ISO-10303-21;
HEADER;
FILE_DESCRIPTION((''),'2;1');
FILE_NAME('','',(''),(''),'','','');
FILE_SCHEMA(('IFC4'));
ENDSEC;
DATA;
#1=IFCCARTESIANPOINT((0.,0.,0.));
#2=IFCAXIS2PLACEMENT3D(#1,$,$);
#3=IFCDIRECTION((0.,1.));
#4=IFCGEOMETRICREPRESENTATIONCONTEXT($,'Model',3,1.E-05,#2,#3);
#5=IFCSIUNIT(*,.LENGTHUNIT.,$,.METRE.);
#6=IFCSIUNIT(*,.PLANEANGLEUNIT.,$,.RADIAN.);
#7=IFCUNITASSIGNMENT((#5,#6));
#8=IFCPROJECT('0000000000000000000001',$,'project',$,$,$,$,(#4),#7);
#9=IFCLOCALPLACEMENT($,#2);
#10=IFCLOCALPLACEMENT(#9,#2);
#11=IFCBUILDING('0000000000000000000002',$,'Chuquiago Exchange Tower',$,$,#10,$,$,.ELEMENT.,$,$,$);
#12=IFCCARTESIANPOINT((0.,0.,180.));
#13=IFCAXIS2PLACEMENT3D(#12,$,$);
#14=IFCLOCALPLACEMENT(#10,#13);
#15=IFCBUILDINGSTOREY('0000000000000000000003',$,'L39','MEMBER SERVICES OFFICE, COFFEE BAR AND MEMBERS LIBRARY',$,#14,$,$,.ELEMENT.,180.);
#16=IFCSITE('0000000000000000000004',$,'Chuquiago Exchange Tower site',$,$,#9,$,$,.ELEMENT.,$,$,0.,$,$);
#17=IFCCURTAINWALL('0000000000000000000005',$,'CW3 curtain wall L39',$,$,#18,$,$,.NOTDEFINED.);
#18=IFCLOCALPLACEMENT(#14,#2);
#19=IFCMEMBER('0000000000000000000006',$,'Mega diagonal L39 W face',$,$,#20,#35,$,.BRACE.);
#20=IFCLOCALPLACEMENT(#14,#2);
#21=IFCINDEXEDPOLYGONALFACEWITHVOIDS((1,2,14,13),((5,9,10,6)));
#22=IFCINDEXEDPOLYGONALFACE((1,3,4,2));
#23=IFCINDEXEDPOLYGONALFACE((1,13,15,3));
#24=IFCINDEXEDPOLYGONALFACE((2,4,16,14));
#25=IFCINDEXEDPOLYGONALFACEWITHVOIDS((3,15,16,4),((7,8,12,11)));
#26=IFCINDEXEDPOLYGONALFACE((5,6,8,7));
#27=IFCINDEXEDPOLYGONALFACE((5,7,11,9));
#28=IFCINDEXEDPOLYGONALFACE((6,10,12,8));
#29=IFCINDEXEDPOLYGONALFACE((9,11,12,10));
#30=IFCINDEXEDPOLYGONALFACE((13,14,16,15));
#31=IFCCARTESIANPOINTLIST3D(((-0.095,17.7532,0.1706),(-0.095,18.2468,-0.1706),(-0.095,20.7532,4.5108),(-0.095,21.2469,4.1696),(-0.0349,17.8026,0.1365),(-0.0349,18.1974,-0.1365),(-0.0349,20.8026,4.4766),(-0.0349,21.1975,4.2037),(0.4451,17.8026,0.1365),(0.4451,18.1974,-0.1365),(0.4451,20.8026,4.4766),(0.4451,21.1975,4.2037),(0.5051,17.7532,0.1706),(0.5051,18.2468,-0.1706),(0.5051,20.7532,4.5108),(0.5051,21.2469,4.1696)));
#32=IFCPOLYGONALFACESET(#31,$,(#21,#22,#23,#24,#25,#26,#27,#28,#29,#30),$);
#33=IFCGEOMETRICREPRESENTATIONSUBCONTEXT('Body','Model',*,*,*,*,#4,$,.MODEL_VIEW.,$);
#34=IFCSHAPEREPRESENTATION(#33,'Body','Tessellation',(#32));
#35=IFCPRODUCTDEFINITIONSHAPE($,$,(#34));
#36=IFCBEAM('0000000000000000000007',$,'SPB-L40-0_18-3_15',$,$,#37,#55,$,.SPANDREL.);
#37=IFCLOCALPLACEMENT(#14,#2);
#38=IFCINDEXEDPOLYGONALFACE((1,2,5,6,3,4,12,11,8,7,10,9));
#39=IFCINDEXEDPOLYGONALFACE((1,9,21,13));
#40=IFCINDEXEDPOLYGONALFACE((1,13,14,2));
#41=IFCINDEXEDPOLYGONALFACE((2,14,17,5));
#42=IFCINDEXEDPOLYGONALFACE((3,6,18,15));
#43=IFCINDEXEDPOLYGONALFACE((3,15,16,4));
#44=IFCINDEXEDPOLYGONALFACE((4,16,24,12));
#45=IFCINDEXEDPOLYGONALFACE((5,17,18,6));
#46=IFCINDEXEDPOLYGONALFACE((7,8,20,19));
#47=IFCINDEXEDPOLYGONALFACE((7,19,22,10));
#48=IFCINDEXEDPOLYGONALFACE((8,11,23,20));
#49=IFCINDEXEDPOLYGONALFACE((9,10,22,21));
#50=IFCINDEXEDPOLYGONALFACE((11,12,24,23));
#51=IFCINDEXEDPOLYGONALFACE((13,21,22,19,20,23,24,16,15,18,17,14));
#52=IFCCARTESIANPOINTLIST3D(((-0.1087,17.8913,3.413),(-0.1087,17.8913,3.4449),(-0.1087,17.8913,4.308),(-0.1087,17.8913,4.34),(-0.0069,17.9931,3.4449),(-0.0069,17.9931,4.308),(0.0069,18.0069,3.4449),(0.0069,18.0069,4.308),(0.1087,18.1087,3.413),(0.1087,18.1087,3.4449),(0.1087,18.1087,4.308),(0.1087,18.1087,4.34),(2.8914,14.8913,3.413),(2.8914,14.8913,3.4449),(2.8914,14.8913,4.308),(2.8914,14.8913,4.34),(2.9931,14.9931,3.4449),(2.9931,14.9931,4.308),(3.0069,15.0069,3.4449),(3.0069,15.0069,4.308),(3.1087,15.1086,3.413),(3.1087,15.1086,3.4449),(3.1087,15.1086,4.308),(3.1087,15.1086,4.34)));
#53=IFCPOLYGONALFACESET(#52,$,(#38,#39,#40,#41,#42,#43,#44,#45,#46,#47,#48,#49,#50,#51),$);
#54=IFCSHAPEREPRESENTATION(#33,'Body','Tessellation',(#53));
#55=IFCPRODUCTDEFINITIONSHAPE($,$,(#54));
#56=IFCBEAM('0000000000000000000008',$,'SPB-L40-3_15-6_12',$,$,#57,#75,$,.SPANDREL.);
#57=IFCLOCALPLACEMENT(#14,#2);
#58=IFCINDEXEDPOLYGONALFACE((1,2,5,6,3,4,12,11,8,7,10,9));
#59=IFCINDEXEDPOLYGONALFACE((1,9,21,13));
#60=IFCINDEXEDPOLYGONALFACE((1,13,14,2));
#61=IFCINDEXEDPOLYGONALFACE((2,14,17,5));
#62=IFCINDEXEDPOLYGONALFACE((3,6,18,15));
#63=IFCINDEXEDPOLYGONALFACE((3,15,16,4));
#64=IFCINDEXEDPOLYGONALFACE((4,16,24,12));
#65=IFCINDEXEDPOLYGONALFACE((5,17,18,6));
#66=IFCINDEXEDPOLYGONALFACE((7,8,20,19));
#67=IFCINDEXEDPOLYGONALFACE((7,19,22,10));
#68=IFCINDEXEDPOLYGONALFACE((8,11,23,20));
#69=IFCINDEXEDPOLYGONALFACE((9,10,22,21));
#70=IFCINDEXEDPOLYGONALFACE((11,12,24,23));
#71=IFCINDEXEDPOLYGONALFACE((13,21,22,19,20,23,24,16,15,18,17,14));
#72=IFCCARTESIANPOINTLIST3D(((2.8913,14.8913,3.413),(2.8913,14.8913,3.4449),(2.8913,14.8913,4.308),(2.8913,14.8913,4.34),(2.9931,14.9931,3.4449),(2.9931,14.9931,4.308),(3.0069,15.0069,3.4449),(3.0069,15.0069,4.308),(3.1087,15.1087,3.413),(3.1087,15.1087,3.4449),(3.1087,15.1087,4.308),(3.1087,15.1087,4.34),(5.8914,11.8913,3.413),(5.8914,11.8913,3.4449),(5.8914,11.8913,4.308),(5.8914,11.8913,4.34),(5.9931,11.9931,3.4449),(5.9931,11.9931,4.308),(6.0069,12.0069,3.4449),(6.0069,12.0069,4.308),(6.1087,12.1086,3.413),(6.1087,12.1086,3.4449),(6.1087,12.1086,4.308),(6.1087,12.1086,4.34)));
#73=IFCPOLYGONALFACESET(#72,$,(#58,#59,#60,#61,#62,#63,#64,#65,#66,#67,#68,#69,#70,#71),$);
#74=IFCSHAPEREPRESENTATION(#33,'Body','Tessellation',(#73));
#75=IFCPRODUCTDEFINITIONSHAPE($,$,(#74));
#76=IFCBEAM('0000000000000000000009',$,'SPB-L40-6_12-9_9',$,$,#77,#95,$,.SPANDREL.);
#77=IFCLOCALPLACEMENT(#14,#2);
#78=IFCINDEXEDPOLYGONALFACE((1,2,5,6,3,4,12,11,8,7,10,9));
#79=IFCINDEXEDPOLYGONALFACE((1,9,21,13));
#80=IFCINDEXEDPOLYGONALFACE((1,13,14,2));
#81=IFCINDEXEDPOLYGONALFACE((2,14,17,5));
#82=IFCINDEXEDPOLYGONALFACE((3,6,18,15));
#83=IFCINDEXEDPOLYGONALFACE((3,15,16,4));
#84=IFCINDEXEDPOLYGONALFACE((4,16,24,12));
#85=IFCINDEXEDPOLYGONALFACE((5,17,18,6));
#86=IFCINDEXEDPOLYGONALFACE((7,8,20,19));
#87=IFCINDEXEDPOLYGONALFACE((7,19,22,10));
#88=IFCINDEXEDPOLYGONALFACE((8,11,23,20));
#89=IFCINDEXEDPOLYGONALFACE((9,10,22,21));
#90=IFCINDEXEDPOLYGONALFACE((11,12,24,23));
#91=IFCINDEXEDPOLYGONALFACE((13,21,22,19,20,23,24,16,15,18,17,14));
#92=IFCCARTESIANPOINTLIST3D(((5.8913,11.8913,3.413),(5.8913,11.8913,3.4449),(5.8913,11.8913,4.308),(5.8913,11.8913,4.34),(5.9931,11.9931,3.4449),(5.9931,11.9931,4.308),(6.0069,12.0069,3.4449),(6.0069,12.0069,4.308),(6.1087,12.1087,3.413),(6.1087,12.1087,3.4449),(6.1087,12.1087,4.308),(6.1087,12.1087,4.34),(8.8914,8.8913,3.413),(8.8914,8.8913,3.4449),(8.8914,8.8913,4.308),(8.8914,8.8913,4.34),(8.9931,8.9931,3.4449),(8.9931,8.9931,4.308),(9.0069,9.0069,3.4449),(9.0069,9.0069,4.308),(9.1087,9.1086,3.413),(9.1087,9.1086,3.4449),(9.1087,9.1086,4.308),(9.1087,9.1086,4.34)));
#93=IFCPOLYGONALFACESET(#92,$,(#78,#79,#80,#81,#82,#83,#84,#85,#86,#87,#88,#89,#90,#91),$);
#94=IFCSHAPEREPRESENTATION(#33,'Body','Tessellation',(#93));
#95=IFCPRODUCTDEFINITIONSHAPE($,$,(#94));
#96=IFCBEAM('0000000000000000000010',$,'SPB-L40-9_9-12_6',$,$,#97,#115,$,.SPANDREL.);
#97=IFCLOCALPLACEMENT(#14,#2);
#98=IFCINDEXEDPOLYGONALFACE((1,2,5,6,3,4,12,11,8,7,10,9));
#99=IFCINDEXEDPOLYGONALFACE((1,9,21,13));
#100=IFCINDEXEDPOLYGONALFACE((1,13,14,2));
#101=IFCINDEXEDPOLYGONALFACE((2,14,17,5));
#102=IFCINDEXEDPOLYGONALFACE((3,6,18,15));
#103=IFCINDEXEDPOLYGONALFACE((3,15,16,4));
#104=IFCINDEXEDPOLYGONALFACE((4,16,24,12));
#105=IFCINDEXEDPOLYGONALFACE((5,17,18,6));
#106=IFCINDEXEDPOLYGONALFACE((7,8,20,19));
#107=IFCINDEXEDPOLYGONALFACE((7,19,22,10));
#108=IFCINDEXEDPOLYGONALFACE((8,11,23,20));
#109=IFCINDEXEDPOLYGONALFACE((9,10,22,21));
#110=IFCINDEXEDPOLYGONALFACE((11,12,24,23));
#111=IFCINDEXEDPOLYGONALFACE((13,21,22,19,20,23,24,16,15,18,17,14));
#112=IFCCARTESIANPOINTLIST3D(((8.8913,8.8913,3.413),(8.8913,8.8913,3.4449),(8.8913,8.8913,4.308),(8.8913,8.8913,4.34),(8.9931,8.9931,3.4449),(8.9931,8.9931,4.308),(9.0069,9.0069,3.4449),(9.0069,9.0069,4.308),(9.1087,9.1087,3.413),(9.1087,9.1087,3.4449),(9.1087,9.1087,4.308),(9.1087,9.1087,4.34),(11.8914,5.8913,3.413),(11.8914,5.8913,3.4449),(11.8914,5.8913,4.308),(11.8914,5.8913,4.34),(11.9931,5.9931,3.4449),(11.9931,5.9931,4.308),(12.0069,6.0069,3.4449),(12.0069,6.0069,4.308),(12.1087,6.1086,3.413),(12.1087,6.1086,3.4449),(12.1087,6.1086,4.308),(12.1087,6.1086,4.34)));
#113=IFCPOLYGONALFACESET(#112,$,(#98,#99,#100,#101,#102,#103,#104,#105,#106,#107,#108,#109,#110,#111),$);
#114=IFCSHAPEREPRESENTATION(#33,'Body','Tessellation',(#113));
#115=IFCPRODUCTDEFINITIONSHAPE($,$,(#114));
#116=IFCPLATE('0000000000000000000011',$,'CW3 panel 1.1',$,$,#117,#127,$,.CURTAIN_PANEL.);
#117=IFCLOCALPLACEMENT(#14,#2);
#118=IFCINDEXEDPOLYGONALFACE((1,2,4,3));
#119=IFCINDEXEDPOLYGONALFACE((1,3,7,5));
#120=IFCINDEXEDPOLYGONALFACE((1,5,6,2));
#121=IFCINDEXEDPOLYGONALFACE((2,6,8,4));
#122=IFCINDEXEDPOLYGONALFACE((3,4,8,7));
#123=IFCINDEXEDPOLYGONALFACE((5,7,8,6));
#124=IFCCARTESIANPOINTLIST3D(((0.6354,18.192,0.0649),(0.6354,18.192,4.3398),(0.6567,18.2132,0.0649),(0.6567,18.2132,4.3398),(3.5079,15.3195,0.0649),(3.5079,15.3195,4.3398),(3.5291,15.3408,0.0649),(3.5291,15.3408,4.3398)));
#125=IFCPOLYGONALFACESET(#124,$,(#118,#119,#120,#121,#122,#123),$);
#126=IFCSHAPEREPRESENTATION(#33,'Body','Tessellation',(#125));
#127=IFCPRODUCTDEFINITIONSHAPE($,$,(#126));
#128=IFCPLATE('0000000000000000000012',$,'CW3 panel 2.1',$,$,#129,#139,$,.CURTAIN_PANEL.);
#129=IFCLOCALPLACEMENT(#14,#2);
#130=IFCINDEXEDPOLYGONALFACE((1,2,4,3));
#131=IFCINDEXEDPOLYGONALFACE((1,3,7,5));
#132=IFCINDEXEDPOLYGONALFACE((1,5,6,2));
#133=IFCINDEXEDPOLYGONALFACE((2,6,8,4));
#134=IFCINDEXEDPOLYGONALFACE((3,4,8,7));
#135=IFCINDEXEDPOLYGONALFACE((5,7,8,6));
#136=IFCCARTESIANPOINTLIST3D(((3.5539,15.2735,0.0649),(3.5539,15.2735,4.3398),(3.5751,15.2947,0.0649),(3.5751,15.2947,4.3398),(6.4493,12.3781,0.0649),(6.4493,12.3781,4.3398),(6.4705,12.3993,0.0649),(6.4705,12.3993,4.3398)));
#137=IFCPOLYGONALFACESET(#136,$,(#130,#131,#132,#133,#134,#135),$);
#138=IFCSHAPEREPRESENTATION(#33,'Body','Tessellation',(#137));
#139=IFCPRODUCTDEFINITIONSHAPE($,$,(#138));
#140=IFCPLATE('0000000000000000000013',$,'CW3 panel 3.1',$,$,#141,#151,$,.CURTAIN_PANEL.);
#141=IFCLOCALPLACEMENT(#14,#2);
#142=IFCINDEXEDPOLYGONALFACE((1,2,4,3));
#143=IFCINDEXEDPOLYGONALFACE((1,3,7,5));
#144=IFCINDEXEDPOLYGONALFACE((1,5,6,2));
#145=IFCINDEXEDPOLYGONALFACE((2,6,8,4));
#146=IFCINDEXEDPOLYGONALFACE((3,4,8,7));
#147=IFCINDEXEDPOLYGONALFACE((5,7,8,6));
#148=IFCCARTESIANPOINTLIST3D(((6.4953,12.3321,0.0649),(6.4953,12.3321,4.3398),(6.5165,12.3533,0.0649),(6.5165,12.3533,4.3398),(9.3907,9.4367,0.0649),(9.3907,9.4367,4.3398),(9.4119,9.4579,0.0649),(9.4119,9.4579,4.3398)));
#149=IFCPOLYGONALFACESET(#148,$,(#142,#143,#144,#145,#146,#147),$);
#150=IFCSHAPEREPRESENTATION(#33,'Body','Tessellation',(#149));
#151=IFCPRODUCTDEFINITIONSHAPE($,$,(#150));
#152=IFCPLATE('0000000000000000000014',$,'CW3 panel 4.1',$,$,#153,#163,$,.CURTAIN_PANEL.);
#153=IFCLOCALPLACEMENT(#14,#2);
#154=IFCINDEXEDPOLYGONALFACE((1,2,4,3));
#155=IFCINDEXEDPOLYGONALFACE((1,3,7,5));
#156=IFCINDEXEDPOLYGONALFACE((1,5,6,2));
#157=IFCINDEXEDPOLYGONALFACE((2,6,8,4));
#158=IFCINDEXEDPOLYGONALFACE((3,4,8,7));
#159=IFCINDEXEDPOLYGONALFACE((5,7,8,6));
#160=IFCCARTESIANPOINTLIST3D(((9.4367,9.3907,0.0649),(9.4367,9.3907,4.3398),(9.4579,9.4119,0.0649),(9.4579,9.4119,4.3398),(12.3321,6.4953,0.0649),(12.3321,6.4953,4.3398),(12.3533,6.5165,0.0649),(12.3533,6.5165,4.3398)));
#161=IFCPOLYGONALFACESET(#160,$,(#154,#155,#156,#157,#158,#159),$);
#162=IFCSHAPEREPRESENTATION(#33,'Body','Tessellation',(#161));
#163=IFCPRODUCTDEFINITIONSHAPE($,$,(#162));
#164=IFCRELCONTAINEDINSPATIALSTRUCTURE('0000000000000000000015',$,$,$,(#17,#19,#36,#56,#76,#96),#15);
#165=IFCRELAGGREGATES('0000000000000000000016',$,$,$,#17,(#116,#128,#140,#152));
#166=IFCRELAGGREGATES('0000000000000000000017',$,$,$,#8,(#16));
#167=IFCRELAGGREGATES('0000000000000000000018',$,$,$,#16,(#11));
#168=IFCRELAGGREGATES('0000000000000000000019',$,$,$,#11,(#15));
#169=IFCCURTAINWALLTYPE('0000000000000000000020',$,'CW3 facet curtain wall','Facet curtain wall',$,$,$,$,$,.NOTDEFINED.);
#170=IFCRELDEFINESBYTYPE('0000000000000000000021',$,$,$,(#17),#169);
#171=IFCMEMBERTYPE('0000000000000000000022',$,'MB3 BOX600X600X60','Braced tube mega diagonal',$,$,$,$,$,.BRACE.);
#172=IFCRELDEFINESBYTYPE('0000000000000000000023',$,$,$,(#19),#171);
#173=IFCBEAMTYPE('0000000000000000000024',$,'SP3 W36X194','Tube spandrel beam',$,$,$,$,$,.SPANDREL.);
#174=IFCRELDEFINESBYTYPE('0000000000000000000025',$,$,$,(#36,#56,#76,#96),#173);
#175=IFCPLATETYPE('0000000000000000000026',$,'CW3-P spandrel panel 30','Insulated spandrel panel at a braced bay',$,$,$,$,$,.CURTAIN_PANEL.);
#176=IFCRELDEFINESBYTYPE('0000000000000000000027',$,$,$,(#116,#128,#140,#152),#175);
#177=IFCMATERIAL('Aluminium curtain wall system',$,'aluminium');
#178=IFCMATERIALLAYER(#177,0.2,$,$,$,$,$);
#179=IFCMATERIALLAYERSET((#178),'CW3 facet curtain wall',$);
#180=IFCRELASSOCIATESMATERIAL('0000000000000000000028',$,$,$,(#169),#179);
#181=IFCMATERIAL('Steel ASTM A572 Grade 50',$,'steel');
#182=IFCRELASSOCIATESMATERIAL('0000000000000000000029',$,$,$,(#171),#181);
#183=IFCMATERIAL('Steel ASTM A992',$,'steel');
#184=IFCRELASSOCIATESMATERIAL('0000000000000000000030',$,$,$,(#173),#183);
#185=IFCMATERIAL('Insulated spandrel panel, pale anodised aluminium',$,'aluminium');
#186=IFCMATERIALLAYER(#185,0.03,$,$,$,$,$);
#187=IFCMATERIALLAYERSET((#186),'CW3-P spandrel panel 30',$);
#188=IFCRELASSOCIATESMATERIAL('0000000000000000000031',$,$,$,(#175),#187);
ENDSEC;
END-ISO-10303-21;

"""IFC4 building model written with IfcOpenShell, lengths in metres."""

from ifc_helpers import new_model, si_unit, direction, frame, origin, origin_2d, place, context, subcontext, project, spatial, rectangle, hollow_rectangle, i_section, extrude, material, layer, layer_set, material_profile, profile_set, type_object, element, aggregate, save


model = new_model("IFC4")

# Units and contexts
model_context = context("Model", 3, precision=1e-05, world=origin(), true_north=direction((0.0, 1.0)))
body_context = subcontext(model_context, "Body", "Model", "MODEL_VIEW")
ifc_project = project(units=[si_unit("LENGTHUNIT", "METRE"), si_unit("PLANEANGLEUNIT", "RADIAN")], contexts=[model_context])

# Site, building, storey
site_placement = place(None, origin())
site = spatial("IfcSite", under=ifc_project, at=site_placement, Name="Chuquiago Exchange Tower site", CompositionType="ELEMENT", RefElevation=0.0)
building_placement = place(site_placement, origin())
building = spatial("IfcBuilding", under=site, at=building_placement, Name="Chuquiago Exchange Tower", CompositionType="ELEMENT")
storey_placement = place(building_placement, frame((0.0, 0.0, 180.0)))
storey = spatial("IfcBuildingStorey", under=building, at=storey_placement, Name="L39", Description="MEMBER SERVICES OFFICE, COFFEE BAR AND MEMBERS LIBRARY", CompositionType="ELEMENT", Elevation=180.0)

# Curtain wall
ifc_material_1 = material(Name="Aluminium curtain wall system", Category="aluminium")
ifc_layer_1 = layer(ifc_material_1, 0.2)
ifc_layer_set_1 = layer_set([ifc_layer_1], Name="CW3 facet curtain wall")
curtain_wall_type_1 = type_object("IfcCurtainWallType", Name="CW3 facet curtain wall", Description="Facet curtain wall", PredefinedType="NOTDEFINED", material=ifc_layer_set_1)
curtain_wall_1_placement = place(storey_placement, origin())
curtain_wall_1 = element("IfcCurtainWall", 1, at=curtain_wall_1_placement, inside=storey, type_object=curtain_wall_type_1, Name="CW3 curtain wall L39", PredefinedType="NOTDEFINED")

# Member
ifc_material_2 = material(Name="Steel ASTM A572 Grade 50", Category="steel")
ifc_material_profile_1 = material_profile(ifc_material_2, hollow_rectangle(XDim=0.6001, YDim=0.6001, WallThickness=0.0601, at=origin_2d()), Name="BOX600X600X60")
ifc_profile_set_1 = profile_set([ifc_material_profile_1], Name="Steel ASTM A572 Grade 50")
member_type_1 = type_object("IfcMemberType", Name="MB3 BOX600X600X60", Description="Braced tube mega diagonal", PredefinedType="BRACE", material=ifc_profile_set_1)
member_1_placement = place(storey_placement, frame((0.2051, 18.0, 0.0), z_axis=(0.0, 0.568611, 0.822607), x_axis=(-1.0, 0.0, 0.0)))
element("IfcMember", 2, at=member_1_placement, inside=storey, type_object=member_type_1, Name="Mega diagonal L39 W face", PredefinedType="BRACE", context=body_context, shape_type="SweptSolid", body=[
    extrude(hollow_rectangle(XDim=0.6001, YDim=0.6001, WallThickness=0.0601, at=origin_2d()), origin(), (0.0, 0.0, 1.0), 5.2761),
])

# Beams
ifc_material_3 = material(Name="Steel ASTM A992", Category="steel")
ifc_material_profile_2 = material_profile(ifc_material_3, i_section(OverallWidth=0.3074, OverallDepth=0.927, WebThickness=0.0195, FlangeThickness=0.032, at=origin_2d()), Name="W36X194")
ifc_profile_set_2 = profile_set([ifc_material_profile_2], Name="Steel ASTM A992")
beam_type_1 = type_object("IfcBeamType", Name="SP3 W36X194", Description="Tube spandrel beam", PredefinedType="SPANDREL", material=ifc_profile_set_2)
for number, where, z_axis, x_axis, name in (
    (3, (0.0, 18.0, 3.8765), (0.707107, -0.707107, 0.0), (0.707107, 0.707107, 0.0), "SPB-L40-0_18-3_15"),
    (4, (3.0, 15.0, 3.8765), (0.707107, -0.707107, 0.0), (0.707107, 0.707107, 0.0), "SPB-L40-3_15-6_12"),
    (5, (6.0, 12.0, 3.8765), (0.707107, -0.707107, 0.0), (0.707107, 0.707107, 0.0), "SPB-L40-6_12-9_9"),
    (6, (9.0, 9.0, 3.8765), (0.707107, -0.707107, 0.0), (0.707107, 0.707107, 0.0), "SPB-L40-9_9-12_6"),
):
    element("IfcBeam", number, at=place(storey_placement, frame(where, z_axis=z_axis, x_axis=x_axis)), inside=storey, type_object=beam_type_1, Name=name, PredefinedType="SPANDREL", context=body_context, shape_type="SweptSolid", body=[
        extrude(i_section(OverallWidth=0.3074, OverallDepth=0.927, WebThickness=0.0195, FlangeThickness=0.032, at=origin_2d()), origin(), (0.0, 0.0, 1.0), 4.2427),
    ])

# Plates
ifc_material_4 = material(Name="Insulated spandrel panel, pale anodised aluminium", Category="aluminium")
ifc_layer_2 = layer(ifc_material_4, 0.03)
ifc_layer_set_2 = layer_set([ifc_layer_2], Name="CW3-P spandrel panel 30")
plate_type = type_object("IfcPlateType", Name="CW3-P spandrel panel 30", Description="Insulated spandrel panel at a braced bay", PredefinedType="CURTAIN_PANEL", material=ifc_layer_set_2)
plate_1_placement = place(storey_placement, frame((2.0823, 16.7664, 0.0649), z_axis=(0.0, 0.0, 1.0), x_axis=(0.707107, -0.707107, 0.0)))
plate_1 = element("IfcPlate", 7, at=plate_1_placement, type_object=plate_type, Name="CW3 panel 1.1", PredefinedType="CURTAIN_PANEL", context=body_context, shape_type="SweptSolid", body=[
    extrude(rectangle(XDim=4.0623, YDim=0.03, at=origin_2d()), origin(), (0.0, 0.0, 1.0), 4.2749),
])
plate_2_placement = place(storey_placement, frame((5.0122, 13.8364, 0.0649), z_axis=(0.0, 0.0, 1.0), x_axis=(0.707107, -0.707107, 0.0)))
plate_2 = element("IfcPlate", 8, at=plate_2_placement, type_object=plate_type, Name="CW3 panel 2.1", PredefinedType="CURTAIN_PANEL", context=body_context, shape_type="SweptSolid", body=[
    extrude(rectangle(XDim=4.0947, YDim=0.03, at=origin_2d()), origin(), (0.0, 0.0, 1.0), 4.2749),
])
plate_3_placement = place(storey_placement, frame((7.9536, 10.895, 0.0649), z_axis=(0.0, 0.0, 1.0), x_axis=(0.707107, -0.707107, 0.0)))
plate_3 = element("IfcPlate", 9, at=plate_3_placement, type_object=plate_type, Name="CW3 panel 3.1", PredefinedType="CURTAIN_PANEL", context=body_context, shape_type="SweptSolid", body=[
    extrude(rectangle(XDim=4.0947, YDim=0.03, at=origin_2d()), origin(), (0.0, 0.0, 1.0), 4.2749),
])
plate_4_placement = place(storey_placement, frame((10.895, 7.9536, 0.0649), z_axis=(0.0, 0.0, 1.0), x_axis=(0.707107, -0.707107, 0.0)))
plate_4 = element("IfcPlate", 10, at=plate_4_placement, type_object=plate_type, Name="CW3 panel 4.1", PredefinedType="CURTAIN_PANEL", context=body_context, shape_type="SweptSolid", body=[
    extrude(rectangle(XDim=4.0947, YDim=0.03, at=origin_2d()), origin(), (0.0, 0.0, 1.0), 4.2749),
])
aggregate(curtain_wall_1, [plate_1, plate_2, plate_3, plate_4])

save(model, "model.ifc")
